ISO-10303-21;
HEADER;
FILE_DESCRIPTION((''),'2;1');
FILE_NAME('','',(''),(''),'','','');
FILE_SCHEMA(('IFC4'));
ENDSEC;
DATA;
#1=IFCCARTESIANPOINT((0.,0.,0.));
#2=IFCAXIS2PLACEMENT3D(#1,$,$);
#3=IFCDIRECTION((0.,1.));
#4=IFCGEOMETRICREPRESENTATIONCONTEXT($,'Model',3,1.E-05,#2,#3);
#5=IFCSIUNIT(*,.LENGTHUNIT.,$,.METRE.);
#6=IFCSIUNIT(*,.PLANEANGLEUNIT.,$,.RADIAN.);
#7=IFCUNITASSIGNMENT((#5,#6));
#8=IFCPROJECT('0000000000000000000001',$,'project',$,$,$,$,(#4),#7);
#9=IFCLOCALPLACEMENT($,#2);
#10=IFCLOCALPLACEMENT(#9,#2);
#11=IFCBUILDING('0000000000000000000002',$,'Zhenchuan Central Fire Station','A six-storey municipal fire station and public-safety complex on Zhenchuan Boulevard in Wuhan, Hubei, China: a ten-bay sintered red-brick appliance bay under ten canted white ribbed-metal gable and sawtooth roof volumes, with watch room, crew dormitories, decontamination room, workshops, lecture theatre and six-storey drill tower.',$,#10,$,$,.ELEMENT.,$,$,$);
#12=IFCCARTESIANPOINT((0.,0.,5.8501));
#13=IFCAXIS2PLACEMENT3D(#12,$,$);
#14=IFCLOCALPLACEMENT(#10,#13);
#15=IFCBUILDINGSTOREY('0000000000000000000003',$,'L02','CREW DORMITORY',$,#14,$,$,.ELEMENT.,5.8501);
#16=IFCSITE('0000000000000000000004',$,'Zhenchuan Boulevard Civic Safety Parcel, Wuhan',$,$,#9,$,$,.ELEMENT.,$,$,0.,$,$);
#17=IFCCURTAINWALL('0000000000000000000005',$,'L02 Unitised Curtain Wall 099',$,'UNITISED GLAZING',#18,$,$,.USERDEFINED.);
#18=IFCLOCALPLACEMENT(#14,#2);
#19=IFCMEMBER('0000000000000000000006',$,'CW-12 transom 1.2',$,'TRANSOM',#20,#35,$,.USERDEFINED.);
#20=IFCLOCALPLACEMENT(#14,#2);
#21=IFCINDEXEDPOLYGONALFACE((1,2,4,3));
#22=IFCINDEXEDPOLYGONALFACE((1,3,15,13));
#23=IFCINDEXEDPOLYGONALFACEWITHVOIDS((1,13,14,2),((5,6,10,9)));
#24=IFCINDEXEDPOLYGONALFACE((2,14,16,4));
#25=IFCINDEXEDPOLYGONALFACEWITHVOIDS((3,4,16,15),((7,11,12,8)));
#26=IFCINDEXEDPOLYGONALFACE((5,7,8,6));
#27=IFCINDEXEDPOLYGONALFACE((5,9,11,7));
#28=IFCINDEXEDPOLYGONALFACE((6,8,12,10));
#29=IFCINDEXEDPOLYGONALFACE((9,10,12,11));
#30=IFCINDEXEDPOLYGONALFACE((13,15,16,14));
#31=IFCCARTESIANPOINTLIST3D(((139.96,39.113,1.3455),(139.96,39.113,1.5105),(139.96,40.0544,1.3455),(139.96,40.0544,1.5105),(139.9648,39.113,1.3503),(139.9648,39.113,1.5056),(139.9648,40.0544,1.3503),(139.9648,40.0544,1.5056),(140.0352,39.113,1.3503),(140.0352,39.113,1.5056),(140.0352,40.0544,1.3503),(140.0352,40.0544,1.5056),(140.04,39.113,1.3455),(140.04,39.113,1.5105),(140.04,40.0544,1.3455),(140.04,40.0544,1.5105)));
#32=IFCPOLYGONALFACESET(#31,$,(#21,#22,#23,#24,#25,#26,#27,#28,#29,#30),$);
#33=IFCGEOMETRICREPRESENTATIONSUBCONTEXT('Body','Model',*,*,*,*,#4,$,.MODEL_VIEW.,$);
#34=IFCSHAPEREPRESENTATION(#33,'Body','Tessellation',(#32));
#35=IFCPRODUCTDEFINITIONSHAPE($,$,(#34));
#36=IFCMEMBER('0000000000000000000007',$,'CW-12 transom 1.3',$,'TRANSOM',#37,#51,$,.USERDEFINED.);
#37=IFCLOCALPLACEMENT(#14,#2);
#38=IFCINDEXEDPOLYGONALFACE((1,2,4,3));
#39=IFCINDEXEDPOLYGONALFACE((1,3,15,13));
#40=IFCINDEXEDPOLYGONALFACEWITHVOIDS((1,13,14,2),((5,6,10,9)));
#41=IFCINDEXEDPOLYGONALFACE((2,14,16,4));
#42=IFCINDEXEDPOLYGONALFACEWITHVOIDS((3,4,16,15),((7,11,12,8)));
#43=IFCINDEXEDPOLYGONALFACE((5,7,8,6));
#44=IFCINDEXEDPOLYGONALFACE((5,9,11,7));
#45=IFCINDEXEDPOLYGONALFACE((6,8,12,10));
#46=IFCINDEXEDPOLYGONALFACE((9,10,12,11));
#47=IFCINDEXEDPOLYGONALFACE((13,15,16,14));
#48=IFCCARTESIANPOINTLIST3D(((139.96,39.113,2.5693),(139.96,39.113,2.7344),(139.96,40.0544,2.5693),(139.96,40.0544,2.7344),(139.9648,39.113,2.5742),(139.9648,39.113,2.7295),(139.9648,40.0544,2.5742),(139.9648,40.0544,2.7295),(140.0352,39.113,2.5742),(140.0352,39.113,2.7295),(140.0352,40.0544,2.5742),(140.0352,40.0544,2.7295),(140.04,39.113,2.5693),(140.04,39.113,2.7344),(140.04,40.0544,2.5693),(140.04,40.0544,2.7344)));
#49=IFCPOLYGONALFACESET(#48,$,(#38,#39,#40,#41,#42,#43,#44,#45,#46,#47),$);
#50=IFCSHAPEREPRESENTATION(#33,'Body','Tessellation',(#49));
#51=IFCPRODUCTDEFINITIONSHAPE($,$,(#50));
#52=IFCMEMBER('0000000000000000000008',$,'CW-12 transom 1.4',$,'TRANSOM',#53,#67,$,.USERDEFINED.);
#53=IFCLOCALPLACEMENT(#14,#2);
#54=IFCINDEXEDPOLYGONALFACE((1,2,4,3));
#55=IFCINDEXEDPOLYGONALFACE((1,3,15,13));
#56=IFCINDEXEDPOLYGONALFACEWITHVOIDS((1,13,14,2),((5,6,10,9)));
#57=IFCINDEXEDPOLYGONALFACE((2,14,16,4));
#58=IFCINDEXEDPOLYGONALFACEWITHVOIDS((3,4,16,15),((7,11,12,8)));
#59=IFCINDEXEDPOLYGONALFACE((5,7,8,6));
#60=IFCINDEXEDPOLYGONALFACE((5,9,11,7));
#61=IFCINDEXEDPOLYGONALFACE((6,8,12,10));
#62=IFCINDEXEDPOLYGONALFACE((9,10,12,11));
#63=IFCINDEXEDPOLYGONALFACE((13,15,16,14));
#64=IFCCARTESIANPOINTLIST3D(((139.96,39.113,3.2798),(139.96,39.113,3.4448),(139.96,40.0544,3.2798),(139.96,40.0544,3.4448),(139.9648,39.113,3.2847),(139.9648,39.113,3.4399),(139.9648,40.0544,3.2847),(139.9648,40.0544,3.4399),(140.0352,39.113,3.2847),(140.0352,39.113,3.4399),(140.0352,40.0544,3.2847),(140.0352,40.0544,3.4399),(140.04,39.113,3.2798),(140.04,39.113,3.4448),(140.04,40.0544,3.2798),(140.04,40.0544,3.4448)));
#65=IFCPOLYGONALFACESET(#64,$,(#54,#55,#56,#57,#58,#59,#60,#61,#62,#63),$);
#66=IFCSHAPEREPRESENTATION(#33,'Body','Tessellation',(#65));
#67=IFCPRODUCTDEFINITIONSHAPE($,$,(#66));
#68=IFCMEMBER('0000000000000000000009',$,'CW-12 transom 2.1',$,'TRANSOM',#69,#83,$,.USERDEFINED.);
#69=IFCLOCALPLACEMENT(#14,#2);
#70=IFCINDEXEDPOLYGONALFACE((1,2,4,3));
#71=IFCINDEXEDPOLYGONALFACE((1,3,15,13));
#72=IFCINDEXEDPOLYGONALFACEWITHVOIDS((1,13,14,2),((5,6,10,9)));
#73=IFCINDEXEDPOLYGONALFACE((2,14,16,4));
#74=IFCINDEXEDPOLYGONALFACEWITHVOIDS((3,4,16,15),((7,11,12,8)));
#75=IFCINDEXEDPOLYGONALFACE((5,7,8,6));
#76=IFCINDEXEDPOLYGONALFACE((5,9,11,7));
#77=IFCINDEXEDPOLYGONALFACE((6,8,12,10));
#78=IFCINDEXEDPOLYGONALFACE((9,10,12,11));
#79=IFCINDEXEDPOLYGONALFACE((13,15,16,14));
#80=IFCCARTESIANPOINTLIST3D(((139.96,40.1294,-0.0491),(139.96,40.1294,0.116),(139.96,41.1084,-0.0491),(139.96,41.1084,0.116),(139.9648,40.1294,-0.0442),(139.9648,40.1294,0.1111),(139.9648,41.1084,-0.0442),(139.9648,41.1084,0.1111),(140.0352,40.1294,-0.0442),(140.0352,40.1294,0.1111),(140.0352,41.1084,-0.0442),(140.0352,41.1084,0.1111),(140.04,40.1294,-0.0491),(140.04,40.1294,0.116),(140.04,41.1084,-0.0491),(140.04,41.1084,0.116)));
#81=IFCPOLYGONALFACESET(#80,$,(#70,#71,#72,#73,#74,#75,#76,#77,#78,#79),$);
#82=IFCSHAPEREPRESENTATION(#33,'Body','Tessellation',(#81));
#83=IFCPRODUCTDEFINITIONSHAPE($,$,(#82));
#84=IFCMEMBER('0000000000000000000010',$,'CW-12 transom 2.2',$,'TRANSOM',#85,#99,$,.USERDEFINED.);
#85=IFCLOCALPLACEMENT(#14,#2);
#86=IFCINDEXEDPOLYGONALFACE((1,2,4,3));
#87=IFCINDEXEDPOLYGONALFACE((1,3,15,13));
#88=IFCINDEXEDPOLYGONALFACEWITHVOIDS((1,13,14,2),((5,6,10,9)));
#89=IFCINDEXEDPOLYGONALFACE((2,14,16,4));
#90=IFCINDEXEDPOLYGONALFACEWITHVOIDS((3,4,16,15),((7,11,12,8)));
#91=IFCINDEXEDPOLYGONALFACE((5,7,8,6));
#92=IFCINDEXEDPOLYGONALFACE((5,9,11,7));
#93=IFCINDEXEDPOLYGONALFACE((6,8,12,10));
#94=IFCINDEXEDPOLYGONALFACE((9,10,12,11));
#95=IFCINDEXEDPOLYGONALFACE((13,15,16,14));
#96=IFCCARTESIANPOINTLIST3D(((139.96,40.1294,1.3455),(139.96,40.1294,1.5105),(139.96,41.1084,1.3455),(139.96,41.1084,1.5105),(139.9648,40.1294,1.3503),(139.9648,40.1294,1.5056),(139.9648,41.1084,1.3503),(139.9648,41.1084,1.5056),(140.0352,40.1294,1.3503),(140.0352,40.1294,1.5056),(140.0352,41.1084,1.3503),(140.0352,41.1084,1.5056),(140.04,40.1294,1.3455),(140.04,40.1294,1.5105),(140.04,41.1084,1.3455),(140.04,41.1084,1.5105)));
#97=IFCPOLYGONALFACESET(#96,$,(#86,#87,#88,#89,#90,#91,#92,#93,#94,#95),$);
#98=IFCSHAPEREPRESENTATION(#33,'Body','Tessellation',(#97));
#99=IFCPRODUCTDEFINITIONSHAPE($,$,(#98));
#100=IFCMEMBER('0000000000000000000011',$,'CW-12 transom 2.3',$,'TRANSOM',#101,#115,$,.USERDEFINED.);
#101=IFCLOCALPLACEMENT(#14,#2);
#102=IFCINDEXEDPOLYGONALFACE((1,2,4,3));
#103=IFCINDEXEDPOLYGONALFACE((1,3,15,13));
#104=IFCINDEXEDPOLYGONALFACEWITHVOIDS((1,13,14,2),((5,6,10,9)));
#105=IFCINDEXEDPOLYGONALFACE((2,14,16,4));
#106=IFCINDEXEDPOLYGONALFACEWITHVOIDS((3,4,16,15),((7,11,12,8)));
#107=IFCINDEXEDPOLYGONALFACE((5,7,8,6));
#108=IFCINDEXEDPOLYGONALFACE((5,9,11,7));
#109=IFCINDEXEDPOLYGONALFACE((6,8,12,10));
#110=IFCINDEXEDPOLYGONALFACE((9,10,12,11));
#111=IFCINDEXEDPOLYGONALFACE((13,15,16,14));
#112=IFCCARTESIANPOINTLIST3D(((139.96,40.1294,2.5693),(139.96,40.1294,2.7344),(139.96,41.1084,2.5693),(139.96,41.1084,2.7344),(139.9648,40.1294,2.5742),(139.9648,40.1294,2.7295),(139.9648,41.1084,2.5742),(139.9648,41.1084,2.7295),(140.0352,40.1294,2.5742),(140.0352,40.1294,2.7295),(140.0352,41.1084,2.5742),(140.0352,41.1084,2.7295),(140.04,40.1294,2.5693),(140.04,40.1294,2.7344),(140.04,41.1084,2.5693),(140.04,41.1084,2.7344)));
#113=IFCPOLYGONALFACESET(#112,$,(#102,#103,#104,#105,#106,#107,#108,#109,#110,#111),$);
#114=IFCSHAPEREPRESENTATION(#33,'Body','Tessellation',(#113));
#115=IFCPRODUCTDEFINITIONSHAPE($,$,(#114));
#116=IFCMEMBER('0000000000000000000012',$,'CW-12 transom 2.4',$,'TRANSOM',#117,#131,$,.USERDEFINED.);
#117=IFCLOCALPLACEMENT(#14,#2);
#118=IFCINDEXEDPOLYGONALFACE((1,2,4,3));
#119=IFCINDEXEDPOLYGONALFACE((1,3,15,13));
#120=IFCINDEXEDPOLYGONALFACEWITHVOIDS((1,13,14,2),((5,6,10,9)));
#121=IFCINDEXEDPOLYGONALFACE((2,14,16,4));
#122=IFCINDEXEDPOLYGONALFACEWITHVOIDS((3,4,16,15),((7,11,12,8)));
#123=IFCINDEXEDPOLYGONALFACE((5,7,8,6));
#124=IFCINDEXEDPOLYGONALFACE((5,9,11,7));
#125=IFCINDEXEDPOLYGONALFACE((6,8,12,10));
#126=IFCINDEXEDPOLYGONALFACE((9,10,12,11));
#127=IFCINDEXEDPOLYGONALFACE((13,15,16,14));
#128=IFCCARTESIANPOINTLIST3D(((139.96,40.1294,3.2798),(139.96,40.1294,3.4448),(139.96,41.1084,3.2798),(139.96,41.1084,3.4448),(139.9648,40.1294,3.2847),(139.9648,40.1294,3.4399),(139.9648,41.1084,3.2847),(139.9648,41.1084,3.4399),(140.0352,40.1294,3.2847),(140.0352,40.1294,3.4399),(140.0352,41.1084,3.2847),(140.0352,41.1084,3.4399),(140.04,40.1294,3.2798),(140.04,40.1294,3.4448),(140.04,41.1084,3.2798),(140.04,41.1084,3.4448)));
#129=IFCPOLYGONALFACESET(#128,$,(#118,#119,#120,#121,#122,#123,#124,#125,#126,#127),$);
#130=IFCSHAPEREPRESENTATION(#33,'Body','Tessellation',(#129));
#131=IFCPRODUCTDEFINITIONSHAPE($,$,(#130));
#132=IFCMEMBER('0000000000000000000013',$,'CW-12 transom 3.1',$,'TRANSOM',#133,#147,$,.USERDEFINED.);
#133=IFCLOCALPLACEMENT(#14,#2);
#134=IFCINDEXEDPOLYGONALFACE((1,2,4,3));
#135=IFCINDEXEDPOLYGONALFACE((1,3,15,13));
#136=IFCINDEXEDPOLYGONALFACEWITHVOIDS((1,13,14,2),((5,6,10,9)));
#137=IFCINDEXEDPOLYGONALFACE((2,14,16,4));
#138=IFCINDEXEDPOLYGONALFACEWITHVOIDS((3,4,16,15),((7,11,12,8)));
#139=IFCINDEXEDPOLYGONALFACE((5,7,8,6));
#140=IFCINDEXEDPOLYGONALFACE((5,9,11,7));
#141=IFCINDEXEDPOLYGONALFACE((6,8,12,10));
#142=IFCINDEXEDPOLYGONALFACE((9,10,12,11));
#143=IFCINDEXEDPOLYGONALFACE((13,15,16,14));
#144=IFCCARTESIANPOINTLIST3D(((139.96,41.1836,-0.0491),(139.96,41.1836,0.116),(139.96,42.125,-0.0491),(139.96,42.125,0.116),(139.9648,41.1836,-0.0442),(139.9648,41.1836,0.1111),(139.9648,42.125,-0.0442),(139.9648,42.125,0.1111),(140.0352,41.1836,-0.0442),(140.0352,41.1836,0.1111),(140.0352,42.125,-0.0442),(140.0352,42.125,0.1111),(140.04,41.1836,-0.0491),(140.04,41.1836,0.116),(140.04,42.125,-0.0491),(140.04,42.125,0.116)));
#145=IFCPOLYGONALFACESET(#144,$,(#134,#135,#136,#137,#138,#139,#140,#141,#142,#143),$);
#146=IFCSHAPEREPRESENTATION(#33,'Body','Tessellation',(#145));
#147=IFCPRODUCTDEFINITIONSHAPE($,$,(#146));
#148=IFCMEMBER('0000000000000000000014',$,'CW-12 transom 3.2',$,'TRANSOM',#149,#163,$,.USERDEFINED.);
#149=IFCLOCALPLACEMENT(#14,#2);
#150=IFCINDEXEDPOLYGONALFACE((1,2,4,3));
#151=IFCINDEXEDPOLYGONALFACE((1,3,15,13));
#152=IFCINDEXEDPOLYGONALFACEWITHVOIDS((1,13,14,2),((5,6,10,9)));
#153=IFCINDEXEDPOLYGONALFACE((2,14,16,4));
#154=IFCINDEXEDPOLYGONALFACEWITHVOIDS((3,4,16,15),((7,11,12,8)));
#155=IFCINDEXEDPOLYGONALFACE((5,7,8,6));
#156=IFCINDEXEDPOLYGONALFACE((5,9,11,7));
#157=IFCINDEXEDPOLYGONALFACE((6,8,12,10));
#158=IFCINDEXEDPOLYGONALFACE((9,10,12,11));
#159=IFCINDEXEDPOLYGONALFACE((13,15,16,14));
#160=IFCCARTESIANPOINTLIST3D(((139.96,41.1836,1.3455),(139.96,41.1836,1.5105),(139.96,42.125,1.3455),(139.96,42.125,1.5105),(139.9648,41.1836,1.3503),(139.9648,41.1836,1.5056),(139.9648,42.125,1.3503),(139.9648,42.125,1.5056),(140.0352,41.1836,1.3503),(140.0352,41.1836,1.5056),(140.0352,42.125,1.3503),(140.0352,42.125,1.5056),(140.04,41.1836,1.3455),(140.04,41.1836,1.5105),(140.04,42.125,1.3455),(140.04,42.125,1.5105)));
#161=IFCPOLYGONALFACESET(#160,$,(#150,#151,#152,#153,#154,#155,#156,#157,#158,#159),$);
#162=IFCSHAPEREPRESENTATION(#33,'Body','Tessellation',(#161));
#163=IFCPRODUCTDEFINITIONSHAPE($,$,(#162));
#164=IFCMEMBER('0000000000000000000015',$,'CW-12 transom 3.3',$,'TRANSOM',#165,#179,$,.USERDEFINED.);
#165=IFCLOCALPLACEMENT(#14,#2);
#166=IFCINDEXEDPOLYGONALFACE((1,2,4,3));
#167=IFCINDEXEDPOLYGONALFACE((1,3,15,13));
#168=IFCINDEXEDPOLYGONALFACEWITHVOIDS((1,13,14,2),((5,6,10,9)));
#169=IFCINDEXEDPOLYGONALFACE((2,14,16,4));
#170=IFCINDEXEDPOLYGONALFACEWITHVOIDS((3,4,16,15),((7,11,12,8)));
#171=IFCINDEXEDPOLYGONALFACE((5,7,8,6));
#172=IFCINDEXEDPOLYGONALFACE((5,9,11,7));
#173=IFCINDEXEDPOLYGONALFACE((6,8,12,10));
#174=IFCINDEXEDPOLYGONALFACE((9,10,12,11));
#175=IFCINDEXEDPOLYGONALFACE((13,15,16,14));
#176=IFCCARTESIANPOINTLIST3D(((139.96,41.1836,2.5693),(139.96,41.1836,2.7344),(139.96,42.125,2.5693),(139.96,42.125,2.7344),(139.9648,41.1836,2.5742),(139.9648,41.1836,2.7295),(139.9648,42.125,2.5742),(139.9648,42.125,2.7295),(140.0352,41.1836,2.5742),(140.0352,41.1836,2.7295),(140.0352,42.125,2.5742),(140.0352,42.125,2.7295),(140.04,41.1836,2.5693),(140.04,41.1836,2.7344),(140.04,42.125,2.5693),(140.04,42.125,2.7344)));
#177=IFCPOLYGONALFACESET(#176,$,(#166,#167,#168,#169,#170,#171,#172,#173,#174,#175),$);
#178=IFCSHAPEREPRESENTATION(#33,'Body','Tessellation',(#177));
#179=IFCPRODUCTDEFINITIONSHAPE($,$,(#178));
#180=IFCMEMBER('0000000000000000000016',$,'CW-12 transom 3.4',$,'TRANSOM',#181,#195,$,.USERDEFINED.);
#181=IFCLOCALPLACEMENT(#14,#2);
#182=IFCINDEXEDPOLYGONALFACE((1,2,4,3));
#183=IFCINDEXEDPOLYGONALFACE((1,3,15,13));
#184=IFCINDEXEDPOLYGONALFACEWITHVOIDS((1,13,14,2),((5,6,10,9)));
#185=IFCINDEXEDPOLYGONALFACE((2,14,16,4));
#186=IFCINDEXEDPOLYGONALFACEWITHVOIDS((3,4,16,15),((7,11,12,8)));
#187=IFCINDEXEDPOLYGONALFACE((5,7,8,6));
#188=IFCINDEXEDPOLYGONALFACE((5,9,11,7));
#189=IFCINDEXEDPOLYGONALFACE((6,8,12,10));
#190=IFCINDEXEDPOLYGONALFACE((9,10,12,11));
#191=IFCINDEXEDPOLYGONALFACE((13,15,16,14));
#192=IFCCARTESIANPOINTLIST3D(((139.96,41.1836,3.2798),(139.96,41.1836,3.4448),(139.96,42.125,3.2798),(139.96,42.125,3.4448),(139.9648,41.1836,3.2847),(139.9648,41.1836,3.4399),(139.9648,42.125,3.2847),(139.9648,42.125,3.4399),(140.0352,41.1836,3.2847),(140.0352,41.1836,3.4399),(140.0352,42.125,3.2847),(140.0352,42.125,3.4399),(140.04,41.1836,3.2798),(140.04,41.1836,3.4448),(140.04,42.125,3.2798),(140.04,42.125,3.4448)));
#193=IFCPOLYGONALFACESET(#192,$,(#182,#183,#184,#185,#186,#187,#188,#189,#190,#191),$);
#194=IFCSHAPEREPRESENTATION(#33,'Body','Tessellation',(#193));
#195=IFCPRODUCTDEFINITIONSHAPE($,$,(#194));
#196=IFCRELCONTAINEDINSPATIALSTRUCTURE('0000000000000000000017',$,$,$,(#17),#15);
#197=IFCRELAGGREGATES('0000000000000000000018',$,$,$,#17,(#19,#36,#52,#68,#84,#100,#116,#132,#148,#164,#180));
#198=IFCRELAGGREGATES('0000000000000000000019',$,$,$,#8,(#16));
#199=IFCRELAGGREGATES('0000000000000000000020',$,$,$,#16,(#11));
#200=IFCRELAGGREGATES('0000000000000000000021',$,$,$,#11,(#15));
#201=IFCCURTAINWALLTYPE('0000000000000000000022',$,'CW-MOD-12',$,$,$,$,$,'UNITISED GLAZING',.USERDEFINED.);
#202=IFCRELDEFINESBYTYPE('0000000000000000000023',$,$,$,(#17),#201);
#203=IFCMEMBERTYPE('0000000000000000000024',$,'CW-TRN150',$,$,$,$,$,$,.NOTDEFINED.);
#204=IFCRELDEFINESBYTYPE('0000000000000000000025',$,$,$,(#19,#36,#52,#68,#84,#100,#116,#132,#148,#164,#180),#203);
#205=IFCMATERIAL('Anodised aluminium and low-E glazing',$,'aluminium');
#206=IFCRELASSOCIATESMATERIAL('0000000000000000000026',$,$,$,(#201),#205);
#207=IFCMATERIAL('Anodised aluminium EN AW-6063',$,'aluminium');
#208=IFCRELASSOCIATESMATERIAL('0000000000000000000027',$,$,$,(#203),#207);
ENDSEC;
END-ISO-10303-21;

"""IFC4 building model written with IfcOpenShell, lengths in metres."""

from ifc_helpers import new_model, si_unit, direction, frame, origin, origin_2d, place, context, subcontext, project, spatial, hollow_rectangle, extrude, material, material_profile, profile_set, type_object, element, aggregate, save


model = new_model("IFC4")

# Units and contexts
model_context = context("Model", 3, precision=1e-05, world=origin(), true_north=direction((0.0, 1.0)))
body_context = subcontext(model_context, "Body", "Model", "MODEL_VIEW")
ifc_project = project(units=[si_unit("LENGTHUNIT", "METRE"), si_unit("PLANEANGLEUNIT", "RADIAN")], contexts=[model_context])

# Site, building, storey
site_placement = place(None, origin())
site = spatial("IfcSite", under=ifc_project, at=site_placement, Name="Zhenchuan Boulevard Civic Safety Parcel, Wuhan", CompositionType="ELEMENT", RefElevation=0.0)
building_placement = place(site_placement, origin())
building = spatial("IfcBuilding", under=site, at=building_placement, Name="Zhenchuan Central Fire Station", Description="A six-storey municipal fire station and public-safety complex on Zhenchuan Boulevard in Wuhan, Hubei, China: a ten-bay sintered red-brick appliance bay under ten canted white ribbed-metal gable and sawtooth roof volumes, with watch room, crew dormitories, decontamination room, workshops, lecture theatre and six-storey drill tower.", CompositionType="ELEMENT")
storey_placement = place(building_placement, frame((0.0, 0.0, 5.8501)))
storey = spatial("IfcBuildingStorey", under=building, at=storey_placement, Name="L02", Description="CREW DORMITORY", CompositionType="ELEMENT", Elevation=5.8501)

# Curtain wall
ifc_material_1 = material(Name="Anodised aluminium and low-E glazing", Category="aluminium")
ifc_material_2 = material(Name="Anodised aluminium EN AW-6063", Category="aluminium")
curtain_wall_type_1 = type_object("IfcCurtainWallType", Name="CW-MOD-12", ElementType="UNITISED GLAZING", PredefinedType="USERDEFINED", material=ifc_material_1)
curtain_wall_1_placement = place(storey_placement, origin())
curtain_wall_1 = element("IfcCurtainWall", 1, at=curtain_wall_1_placement, inside=storey, type_object=curtain_wall_type_1, Name="L02 Unitised Curtain Wall 099", ObjectType="UNITISED GLAZING", PredefinedType="USERDEFINED")

# Members
ifc_material_profile_1 = material_profile(ifc_material_2, hollow_rectangle(XDim=0.0801, YDim=0.165, WallThickness=0.0049, at=origin_2d()), Name="ALU-T 165x80")
ifc_profile_set_1 = profile_set([ifc_material_profile_1], Name="Anodised aluminium EN AW-6063")
member_type_1 = type_object("IfcMemberType", Name="CW-TRN150", PredefinedType="NOTDEFINED", material=ifc_profile_set_1)
member_1_placement = place(storey_placement, frame((140.0, 39.113, 1.428), z_axis=(0.0, 1.0, 0.0), x_axis=(-1.0, 0.0, 0.0)))
member_1 = element("IfcMember", 2, at=member_1_placement, type_object=member_type_1, Name="CW-12 transom 1.2", ObjectType="TRANSOM", PredefinedType="USERDEFINED", context=body_context, shape_type="SweptSolid", body=[
    extrude(hollow_rectangle(XDim=0.0801, YDim=0.165, WallThickness=0.0049, at=origin_2d()), origin(), (0.0, 0.0, 1.0), 0.9414),
])
member_2_placement = place(storey_placement, frame((140.0, 39.113, 2.6519), z_axis=(0.0, 1.0, 0.0), x_axis=(-1.0, 0.0, 0.0)))
member_2 = element("IfcMember", 3, at=member_2_placement, type_object=member_type_1, Name="CW-12 transom 1.3", ObjectType="TRANSOM", PredefinedType="USERDEFINED", context=body_context, shape_type="SweptSolid", body=[
    extrude(hollow_rectangle(XDim=0.0801, YDim=0.165, WallThickness=0.0049, at=origin_2d()), origin(), (0.0, 0.0, 1.0), 0.9414),
])
member_3_placement = place(storey_placement, frame((140.0, 39.113, 3.3623), z_axis=(0.0, 1.0, 0.0), x_axis=(-1.0, 0.0, 0.0)))
member_3 = element("IfcMember", 4, at=member_3_placement, type_object=member_type_1, Name="CW-12 transom 1.4", ObjectType="TRANSOM", PredefinedType="USERDEFINED", context=body_context, shape_type="SweptSolid", body=[
    extrude(hollow_rectangle(XDim=0.0801, YDim=0.165, WallThickness=0.0049, at=origin_2d()), origin(), (0.0, 0.0, 1.0), 0.9414),
])
member_4_placement = place(storey_placement, frame((140.0, 40.1294, 0.0334), z_axis=(0.0, 1.0, 0.0), x_axis=(-1.0, 0.0, 0.0)))
member_4 = element("IfcMember", 5, at=member_4_placement, type_object=member_type_1, Name="CW-12 transom 2.1", ObjectType="TRANSOM", PredefinedType="USERDEFINED", context=body_context, shape_type="SweptSolid", body=[
    extrude(hollow_rectangle(XDim=0.0801, YDim=0.165, WallThickness=0.0049, at=origin_2d()), origin(), (0.0, 0.0, 1.0), 0.979),
])
member_5_placement = place(storey_placement, frame((140.0, 40.1294, 1.428), z_axis=(0.0, 1.0, 0.0), x_axis=(-1.0, 0.0, 0.0)))
member_5 = element("IfcMember", 6, at=member_5_placement, type_object=member_type_1, Name="CW-12 transom 2.2", ObjectType="TRANSOM", PredefinedType="USERDEFINED", context=body_context, shape_type="SweptSolid", body=[
    extrude(hollow_rectangle(XDim=0.0801, YDim=0.165, WallThickness=0.0049, at=origin_2d()), origin(), (0.0, 0.0, 1.0), 0.979),
])
member_6_placement = place(storey_placement, frame((140.0, 40.1294, 2.6519), z_axis=(0.0, 1.0, 0.0), x_axis=(-1.0, 0.0, 0.0)))
member_6 = element("IfcMember", 7, at=member_6_placement, type_object=member_type_1, Name="CW-12 transom 2.3", ObjectType="TRANSOM", PredefinedType="USERDEFINED", context=body_context, shape_type="SweptSolid", body=[
    extrude(hollow_rectangle(XDim=0.0801, YDim=0.165, WallThickness=0.0049, at=origin_2d()), origin(), (0.0, 0.0, 1.0), 0.979),
])
member_7_placement = place(storey_placement, frame((140.0, 40.1294, 3.3623), z_axis=(0.0, 1.0, 0.0), x_axis=(-1.0, 0.0, 0.0)))
member_7 = element("IfcMember", 8, at=member_7_placement, type_object=member_type_1, Name="CW-12 transom 2.4", ObjectType="TRANSOM", PredefinedType="USERDEFINED", context=body_context, shape_type="SweptSolid", body=[
    extrude(hollow_rectangle(XDim=0.0801, YDim=0.165, WallThickness=0.0049, at=origin_2d()), origin(), (0.0, 0.0, 1.0), 0.979),
])
member_8_placement = place(storey_placement, frame((140.0, 41.1836, 0.0334), z_axis=(0.0, 1.0, 0.0), x_axis=(-1.0, 0.0, 0.0)))
member_8 = element("IfcMember", 9, at=member_8_placement, type_object=member_type_1, Name="CW-12 transom 3.1", ObjectType="TRANSOM", PredefinedType="USERDEFINED", context=body_context, shape_type="SweptSolid", body=[
    extrude(hollow_rectangle(XDim=0.0801, YDim=0.165, WallThickness=0.0049, at=origin_2d()), origin(), (0.0, 0.0, 1.0), 0.9414),
])
member_9_placement = place(storey_placement, frame((140.0, 41.1836, 1.428), z_axis=(0.0, 1.0, 0.0), x_axis=(-1.0, 0.0, 0.0)))
member_9 = element("IfcMember", 10, at=member_9_placement, type_object=member_type_1, Name="CW-12 transom 3.2", ObjectType="TRANSOM", PredefinedType="USERDEFINED", context=body_context, shape_type="SweptSolid", body=[
    extrude(hollow_rectangle(XDim=0.0801, YDim=0.165, WallThickness=0.0049, at=origin_2d()), origin(), (0.0, 0.0, 1.0), 0.9414),
])
member_10_placement = place(storey_placement, frame((140.0, 41.1836, 2.6519), z_axis=(0.0, 1.0, 0.0), x_axis=(-1.0, 0.0, 0.0)))
member_10 = element("IfcMember", 11, at=member_10_placement, type_object=member_type_1, Name="CW-12 transom 3.3", ObjectType="TRANSOM", PredefinedType="USERDEFINED", context=body_context, shape_type="SweptSolid", body=[
    extrude(hollow_rectangle(XDim=0.0801, YDim=0.165, WallThickness=0.0049, at=origin_2d()), origin(), (0.0, 0.0, 1.0), 0.9414),
])
member_11_placement = place(storey_placement, frame((140.0, 41.1836, 3.3623), z_axis=(0.0, 1.0, 0.0), x_axis=(-1.0, 0.0, 0.0)))
member_11 = element("IfcMember", 12, at=member_11_placement, type_object=member_type_1, Name="CW-12 transom 3.4", ObjectType="TRANSOM", PredefinedType="USERDEFINED", context=body_context, shape_type="SweptSolid", body=[
    extrude(hollow_rectangle(XDim=0.0801, YDim=0.165, WallThickness=0.0049, at=origin_2d()), origin(), (0.0, 0.0, 1.0), 0.9414),
])

aggregate(curtain_wall_1, [member_1, member_2, member_3, member_4, member_5, member_6, member_7, member_8, member_9, member_10, member_11])

save(model, "model.ifc")
